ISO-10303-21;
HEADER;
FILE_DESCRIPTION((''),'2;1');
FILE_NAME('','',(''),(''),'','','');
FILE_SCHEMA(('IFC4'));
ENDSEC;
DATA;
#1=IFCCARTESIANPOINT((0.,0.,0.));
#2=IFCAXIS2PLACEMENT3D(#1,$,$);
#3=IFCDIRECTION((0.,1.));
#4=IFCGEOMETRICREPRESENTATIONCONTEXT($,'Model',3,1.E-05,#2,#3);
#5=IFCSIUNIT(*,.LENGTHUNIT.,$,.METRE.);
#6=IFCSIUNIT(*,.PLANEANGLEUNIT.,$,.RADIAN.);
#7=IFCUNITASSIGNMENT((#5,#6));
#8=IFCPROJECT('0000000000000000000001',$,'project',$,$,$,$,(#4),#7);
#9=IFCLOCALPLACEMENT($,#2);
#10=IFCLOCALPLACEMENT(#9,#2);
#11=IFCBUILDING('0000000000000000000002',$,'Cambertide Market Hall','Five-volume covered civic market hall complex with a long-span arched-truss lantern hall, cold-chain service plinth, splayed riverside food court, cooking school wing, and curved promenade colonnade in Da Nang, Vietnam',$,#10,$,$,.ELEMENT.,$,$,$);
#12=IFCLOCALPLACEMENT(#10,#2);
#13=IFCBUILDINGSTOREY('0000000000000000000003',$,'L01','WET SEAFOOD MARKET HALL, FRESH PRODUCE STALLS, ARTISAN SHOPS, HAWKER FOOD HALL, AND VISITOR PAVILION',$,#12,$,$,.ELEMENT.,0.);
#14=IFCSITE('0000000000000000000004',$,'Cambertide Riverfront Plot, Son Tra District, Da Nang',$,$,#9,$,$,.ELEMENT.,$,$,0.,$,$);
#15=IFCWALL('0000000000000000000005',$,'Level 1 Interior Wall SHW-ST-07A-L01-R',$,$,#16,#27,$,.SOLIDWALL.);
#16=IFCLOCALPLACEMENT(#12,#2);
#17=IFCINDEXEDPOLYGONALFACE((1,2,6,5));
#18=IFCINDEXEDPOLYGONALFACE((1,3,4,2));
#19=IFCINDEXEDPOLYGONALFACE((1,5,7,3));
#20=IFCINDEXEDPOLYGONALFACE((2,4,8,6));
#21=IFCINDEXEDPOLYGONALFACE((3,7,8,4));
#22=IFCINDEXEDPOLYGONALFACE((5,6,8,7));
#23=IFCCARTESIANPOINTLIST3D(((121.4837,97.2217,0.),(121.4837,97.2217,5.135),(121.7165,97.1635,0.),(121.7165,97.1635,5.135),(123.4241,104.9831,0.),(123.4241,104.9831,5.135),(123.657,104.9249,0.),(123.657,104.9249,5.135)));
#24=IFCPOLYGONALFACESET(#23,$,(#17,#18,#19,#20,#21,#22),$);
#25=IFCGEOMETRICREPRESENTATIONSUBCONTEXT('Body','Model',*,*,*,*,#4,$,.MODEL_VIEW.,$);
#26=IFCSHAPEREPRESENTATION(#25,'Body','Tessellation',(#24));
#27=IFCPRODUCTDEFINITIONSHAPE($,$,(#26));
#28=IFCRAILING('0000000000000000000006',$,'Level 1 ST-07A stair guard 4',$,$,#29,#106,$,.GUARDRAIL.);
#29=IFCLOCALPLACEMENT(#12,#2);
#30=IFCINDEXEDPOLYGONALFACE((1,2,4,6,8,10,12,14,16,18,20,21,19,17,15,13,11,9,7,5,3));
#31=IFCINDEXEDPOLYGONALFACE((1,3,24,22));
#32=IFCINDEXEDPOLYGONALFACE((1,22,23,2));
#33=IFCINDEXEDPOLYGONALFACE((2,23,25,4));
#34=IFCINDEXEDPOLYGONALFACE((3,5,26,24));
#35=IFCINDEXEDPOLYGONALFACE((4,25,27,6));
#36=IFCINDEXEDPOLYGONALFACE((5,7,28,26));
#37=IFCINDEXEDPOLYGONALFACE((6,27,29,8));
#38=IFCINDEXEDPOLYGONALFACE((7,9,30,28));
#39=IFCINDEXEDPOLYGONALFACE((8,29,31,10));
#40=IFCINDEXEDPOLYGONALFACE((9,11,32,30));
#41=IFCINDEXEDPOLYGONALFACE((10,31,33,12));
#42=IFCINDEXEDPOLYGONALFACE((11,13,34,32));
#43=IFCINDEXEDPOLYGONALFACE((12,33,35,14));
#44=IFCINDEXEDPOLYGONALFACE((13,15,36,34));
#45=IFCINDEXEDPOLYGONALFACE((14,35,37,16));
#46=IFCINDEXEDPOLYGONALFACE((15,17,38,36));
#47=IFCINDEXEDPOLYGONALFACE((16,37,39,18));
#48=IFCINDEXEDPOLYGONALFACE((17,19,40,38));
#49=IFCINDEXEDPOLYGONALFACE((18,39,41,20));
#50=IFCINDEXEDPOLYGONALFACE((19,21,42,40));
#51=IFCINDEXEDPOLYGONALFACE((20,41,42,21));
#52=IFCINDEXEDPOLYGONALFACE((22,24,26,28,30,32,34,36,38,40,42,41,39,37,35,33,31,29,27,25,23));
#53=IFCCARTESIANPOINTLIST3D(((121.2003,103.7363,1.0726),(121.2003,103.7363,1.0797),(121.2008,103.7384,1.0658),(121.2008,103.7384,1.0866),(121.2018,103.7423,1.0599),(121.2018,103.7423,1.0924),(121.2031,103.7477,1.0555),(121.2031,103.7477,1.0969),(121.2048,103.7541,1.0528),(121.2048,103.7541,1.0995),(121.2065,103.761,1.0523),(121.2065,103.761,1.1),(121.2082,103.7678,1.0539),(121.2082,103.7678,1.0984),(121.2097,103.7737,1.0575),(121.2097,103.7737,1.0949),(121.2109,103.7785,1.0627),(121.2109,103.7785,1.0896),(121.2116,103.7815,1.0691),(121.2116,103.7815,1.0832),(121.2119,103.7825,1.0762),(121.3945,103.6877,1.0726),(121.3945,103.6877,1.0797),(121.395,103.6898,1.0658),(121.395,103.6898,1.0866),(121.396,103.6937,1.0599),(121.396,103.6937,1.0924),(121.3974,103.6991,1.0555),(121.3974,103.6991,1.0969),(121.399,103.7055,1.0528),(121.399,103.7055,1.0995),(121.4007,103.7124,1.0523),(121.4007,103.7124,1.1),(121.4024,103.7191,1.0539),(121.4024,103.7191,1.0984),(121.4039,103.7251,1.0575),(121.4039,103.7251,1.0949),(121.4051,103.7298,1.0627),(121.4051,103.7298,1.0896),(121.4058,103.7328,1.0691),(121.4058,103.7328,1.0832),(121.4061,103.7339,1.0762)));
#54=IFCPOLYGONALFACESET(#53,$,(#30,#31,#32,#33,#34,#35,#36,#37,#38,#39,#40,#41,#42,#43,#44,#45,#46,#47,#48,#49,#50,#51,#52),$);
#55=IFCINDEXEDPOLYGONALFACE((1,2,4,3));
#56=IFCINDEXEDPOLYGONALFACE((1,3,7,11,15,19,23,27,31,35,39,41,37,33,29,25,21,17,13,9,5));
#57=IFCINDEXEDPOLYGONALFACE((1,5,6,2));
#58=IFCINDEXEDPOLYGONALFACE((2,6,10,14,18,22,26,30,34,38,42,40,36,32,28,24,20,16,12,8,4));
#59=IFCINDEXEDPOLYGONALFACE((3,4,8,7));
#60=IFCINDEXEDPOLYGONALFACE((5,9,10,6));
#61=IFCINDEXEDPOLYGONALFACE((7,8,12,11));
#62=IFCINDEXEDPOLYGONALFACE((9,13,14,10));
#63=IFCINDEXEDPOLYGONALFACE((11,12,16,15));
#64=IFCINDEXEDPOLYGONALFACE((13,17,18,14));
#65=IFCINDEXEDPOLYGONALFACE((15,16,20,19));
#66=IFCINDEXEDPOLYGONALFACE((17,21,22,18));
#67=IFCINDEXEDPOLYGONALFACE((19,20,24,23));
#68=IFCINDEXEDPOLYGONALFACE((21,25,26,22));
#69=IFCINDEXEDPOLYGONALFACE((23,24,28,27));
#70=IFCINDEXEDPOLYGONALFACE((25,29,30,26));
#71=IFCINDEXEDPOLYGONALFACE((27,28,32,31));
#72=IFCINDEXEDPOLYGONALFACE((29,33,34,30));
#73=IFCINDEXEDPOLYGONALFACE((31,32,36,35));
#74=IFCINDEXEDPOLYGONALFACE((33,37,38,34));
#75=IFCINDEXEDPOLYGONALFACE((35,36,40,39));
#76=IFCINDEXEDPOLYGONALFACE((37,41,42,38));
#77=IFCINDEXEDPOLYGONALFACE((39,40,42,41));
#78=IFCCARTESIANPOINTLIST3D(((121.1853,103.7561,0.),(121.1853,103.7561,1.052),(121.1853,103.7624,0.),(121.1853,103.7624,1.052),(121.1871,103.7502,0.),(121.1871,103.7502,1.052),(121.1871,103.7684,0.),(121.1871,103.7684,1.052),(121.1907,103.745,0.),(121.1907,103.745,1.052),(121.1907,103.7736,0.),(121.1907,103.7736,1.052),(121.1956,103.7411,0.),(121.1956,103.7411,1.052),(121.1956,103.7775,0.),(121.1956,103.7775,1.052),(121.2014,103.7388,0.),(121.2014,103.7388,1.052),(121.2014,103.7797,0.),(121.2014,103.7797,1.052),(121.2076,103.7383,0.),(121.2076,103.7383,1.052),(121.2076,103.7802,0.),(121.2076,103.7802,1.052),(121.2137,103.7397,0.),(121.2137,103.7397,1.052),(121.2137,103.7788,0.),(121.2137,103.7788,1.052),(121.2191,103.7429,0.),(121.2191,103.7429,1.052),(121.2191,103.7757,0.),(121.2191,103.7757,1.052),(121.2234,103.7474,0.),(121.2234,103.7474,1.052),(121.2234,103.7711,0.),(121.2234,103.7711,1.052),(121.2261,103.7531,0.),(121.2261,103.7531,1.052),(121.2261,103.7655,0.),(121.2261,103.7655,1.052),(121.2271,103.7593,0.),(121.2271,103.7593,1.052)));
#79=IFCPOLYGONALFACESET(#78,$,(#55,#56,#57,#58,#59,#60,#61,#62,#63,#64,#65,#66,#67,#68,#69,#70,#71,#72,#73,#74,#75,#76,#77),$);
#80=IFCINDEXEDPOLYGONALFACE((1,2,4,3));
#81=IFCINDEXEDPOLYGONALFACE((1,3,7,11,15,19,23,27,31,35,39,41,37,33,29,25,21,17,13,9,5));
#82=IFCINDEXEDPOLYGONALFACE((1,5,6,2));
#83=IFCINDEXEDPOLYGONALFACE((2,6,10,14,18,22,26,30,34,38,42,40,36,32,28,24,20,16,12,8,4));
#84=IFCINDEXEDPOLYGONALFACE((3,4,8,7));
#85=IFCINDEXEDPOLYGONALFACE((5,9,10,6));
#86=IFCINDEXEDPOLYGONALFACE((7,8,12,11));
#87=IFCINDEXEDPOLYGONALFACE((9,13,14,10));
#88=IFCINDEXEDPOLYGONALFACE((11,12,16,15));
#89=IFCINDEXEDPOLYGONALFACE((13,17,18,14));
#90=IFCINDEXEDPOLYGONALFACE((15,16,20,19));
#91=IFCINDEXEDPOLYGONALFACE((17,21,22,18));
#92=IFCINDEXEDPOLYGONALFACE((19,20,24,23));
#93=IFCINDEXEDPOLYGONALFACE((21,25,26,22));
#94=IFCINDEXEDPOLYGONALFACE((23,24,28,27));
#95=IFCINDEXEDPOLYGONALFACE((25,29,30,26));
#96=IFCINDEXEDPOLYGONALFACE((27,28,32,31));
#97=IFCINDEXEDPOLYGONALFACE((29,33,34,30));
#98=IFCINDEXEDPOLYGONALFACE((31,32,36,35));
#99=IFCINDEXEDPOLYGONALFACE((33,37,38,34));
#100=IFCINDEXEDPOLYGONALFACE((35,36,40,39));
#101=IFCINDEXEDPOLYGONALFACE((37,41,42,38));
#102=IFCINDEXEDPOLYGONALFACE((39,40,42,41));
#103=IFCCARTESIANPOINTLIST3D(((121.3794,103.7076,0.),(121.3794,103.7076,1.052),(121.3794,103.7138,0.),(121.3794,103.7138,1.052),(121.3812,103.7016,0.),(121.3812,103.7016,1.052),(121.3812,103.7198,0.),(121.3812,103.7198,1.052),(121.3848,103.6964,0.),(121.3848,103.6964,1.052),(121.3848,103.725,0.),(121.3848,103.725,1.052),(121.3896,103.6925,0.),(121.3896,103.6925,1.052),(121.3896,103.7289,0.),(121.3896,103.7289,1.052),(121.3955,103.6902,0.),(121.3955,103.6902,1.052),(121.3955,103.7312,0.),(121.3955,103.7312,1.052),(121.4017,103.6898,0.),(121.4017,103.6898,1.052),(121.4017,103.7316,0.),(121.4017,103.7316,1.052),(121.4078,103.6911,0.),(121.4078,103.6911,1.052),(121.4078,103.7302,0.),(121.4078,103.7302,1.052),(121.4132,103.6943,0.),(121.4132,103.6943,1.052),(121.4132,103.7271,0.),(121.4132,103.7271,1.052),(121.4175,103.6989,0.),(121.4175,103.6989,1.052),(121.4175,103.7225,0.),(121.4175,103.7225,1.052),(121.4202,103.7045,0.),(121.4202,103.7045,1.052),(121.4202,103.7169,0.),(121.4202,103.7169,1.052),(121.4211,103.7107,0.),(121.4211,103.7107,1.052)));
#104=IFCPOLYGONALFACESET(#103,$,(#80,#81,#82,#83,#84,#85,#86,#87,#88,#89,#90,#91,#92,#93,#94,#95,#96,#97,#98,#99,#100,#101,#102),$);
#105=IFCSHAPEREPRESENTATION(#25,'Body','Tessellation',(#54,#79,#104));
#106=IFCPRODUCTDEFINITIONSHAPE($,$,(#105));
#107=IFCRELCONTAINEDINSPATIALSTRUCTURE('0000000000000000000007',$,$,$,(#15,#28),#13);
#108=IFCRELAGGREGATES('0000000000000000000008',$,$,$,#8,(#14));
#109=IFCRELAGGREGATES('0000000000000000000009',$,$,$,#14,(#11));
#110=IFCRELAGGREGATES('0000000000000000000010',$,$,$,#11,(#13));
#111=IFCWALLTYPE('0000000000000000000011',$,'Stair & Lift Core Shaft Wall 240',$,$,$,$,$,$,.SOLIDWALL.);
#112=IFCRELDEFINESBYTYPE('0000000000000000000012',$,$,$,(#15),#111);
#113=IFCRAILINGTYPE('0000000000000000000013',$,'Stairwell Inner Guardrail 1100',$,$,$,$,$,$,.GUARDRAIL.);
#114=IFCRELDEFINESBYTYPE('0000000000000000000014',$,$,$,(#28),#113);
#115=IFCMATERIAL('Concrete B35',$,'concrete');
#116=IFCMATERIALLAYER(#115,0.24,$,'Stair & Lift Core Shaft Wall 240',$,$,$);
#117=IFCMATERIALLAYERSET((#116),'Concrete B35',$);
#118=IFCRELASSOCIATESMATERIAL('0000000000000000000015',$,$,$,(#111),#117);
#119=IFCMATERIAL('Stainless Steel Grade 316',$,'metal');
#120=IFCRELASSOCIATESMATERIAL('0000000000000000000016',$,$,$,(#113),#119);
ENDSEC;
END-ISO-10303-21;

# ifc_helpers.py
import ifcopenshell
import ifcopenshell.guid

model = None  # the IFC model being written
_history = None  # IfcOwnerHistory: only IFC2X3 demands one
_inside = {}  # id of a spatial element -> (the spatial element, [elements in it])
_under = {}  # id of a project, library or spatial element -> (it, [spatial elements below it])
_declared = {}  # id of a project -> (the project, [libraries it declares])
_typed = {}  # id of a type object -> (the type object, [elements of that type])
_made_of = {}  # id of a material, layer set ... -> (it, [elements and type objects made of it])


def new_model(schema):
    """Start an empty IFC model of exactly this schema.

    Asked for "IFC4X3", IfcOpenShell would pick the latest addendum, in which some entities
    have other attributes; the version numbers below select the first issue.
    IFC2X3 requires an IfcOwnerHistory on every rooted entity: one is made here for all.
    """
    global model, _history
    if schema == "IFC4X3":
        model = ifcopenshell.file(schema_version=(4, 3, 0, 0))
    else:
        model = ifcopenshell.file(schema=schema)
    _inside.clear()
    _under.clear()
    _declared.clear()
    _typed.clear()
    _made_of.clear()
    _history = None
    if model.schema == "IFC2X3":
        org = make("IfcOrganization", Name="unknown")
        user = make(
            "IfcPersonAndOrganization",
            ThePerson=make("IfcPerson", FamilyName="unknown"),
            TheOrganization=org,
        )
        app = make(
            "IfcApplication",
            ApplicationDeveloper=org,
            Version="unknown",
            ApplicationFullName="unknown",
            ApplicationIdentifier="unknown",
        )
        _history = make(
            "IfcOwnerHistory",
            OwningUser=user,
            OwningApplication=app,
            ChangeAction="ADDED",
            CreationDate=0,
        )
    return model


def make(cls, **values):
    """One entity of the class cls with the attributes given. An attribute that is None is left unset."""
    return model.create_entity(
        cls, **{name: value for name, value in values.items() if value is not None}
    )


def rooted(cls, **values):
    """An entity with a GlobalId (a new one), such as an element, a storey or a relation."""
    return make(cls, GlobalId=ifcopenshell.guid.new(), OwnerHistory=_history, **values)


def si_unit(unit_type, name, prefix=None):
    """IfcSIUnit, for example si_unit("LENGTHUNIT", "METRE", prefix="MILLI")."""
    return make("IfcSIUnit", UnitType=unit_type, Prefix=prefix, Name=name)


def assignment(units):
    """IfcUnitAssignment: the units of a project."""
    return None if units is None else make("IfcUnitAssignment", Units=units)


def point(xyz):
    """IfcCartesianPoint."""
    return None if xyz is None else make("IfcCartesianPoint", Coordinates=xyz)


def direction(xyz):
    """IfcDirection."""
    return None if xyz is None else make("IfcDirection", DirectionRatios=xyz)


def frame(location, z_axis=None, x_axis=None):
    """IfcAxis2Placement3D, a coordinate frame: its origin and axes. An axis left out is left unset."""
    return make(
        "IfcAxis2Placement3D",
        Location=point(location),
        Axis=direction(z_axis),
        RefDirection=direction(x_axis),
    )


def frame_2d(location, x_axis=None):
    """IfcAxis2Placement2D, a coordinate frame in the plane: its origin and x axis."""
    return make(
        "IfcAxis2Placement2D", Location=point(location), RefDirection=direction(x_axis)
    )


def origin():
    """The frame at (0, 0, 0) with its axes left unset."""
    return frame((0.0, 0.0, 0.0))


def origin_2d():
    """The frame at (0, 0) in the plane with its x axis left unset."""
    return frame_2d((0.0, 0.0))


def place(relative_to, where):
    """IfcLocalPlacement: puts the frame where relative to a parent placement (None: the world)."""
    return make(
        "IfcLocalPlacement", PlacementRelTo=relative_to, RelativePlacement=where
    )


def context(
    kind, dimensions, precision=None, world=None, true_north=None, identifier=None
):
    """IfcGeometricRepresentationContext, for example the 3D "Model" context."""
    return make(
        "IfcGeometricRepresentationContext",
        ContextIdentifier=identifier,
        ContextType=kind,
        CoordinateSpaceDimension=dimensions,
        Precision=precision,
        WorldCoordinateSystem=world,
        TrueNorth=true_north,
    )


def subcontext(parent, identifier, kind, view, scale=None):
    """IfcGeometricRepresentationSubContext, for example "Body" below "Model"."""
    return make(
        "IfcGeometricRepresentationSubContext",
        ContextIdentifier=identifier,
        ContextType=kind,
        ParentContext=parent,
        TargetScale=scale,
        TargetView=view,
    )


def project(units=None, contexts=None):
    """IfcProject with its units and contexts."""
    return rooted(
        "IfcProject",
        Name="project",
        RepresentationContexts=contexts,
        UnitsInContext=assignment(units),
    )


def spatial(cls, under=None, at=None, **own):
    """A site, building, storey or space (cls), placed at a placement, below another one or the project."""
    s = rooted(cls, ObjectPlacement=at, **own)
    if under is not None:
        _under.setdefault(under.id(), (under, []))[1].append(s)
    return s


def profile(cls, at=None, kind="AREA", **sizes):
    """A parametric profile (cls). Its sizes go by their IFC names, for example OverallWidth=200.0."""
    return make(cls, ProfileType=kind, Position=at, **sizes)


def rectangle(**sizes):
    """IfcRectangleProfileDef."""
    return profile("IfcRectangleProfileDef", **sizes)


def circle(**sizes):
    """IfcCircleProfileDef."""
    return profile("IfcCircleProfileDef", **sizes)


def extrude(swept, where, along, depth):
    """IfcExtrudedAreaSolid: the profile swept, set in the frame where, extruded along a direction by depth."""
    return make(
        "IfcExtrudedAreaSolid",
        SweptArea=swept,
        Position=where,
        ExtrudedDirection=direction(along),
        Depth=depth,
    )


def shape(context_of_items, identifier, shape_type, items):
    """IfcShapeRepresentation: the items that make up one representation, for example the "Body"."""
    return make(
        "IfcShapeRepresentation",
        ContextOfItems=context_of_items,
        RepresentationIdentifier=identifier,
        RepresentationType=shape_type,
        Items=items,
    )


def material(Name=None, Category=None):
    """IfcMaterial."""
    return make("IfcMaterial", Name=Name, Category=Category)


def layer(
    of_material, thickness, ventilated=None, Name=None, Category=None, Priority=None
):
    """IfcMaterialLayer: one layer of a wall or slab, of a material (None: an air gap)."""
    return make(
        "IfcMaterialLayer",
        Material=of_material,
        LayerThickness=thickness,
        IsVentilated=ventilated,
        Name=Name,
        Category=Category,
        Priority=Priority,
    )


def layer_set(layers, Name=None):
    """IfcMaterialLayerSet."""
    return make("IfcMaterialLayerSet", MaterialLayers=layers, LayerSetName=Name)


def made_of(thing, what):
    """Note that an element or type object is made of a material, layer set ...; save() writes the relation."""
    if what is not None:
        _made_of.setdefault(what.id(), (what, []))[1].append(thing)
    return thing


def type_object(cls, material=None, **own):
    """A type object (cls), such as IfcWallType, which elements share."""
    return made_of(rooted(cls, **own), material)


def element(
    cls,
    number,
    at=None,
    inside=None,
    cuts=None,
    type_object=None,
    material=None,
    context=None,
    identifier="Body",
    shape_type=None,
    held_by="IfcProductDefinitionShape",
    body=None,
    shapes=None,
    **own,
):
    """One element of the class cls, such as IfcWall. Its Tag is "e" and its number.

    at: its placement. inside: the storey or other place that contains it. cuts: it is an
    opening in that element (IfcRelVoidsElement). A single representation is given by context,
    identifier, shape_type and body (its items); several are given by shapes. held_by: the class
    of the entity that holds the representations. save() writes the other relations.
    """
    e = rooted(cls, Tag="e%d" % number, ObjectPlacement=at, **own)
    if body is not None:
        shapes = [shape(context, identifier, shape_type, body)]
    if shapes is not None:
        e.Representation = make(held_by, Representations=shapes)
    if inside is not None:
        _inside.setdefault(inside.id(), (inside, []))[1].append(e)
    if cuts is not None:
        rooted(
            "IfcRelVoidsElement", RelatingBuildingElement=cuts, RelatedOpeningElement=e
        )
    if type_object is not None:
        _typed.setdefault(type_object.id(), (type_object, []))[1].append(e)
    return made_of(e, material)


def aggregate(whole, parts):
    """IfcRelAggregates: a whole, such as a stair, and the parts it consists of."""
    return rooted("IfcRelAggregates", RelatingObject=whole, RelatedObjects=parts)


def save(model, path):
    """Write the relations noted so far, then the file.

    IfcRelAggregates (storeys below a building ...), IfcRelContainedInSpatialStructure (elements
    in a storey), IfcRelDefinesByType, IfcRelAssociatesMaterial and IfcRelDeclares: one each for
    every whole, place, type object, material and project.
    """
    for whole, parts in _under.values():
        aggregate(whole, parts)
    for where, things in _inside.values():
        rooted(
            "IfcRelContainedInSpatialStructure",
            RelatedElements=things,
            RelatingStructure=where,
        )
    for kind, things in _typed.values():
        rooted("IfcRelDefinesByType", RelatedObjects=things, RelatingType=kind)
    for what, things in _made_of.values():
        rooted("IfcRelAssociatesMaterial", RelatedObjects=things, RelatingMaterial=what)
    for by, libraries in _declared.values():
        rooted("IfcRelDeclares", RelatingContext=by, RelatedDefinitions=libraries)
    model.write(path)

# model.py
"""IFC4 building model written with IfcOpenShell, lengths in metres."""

from ifc_helpers import new_model, si_unit, direction, frame, frame_2d, origin, origin_2d, place, context, subcontext, project, spatial, rectangle, circle, extrude, material, layer, layer_set, type_object, element, save


model = new_model("IFC4")

# Units and contexts
model_context = context("Model", 3, precision=1e-05, world=origin(), true_north=direction((0.0, 1.0)))
body_context = subcontext(model_context, "Body", "Model", "MODEL_VIEW")
ifc_project = project(units=[si_unit("LENGTHUNIT", "METRE"), si_unit("PLANEANGLEUNIT", "RADIAN")], contexts=[model_context])

# Site, building, storey
site_placement = place(None, origin())
site = spatial("IfcSite", under=ifc_project, at=site_placement, Name="Cambertide Riverfront Plot, Son Tra District, Da Nang", CompositionType="ELEMENT", RefElevation=0.0)
building_placement = place(site_placement, origin())
building = spatial("IfcBuilding", under=site, at=building_placement, Name="Cambertide Market Hall", Description="Five-volume covered civic market hall complex with a long-span arched-truss lantern hall, cold-chain service plinth, splayed riverside food court, cooking school wing, and curved promenade colonnade in Da Nang, Vietnam", CompositionType="ELEMENT")
storey_placement = place(building_placement, origin())
storey = spatial("IfcBuildingStorey", under=building, at=storey_placement, Name="L01", Description="WET SEAFOOD MARKET HALL, FRESH PRODUCE STALLS, ARTISAN SHOPS, HAWKER FOOD HALL, AND VISITOR PAVILION", CompositionType="ELEMENT", Elevation=0.0)

# Shared definitions
ifc_material_1 = material(Name="Concrete B35", Category="concrete")
ifc_layer_1 = layer(ifc_material_1, 0.24, Name="Stair & Lift Core Shaft Wall 240")
ifc_layer_set_1 = layer_set([ifc_layer_1], Name="Concrete B35")
wall_type_1 = type_object("IfcWallType", Name="Stair & Lift Core Shaft Wall 240", PredefinedType="SOLIDWALL", material=ifc_layer_set_1)

# Wall
wall_1_placement = place(storey_placement, frame((123.5405, 104.9539, 0.0), z_axis=(0.0, 0.0, 1.0), x_axis=(-0.24255, -0.970139, 0.0)))
element("IfcWall", 1, at=wall_1_placement, inside=storey, type_object=wall_type_1, Name="Level 1 Interior Wall SHW-ST-07A-L01-R", PredefinedType="SOLIDWALL", context=body_context, shape_type="SweptSolid", body=[
    extrude(rectangle(XDim=8.0002, YDim=0.24, at=frame_2d((4.0, 0.0))), origin(), (0.0, 0.0, 1.0), 5.135),
])

# Railing
ifc_material_2 = material(Name="Stainless Steel Grade 316", Category="metal")
railing_type_1 = type_object("IfcRailingType", Name="Stairwell Inner Guardrail 1100", PredefinedType="GUARDRAIL", material=ifc_material_2)
railing_1_placement = place(storey_placement, frame((121.2061, 103.7593, 0.0)))
element("IfcRailing", 2, at=railing_1_placement, inside=storey, type_object=railing_type_1, Name="Level 1 ST-07A stair guard 4", PredefinedType="GUARDRAIL", context=body_context, shape_type="SweptSolid", body=[
    extrude(circle(Radius=0.0239, at=origin_2d()), frame((0.0, 0.0, 1.0762), z_axis=(0.970071, -0.242823, 0.0), x_axis=(0.242823, 0.970071, 0.0)), (0.0, 0.0, 1.0), 0.2002),
    extrude(circle(Radius=0.021, at=origin_2d()), origin(), (0.0, 0.0, 1.0), 1.052),
    extrude(circle(Radius=0.021, at=origin_2d()), frame((0.1941, -0.0486, 0.0)), (0.0, 0.0, 1.0), 1.052),
])

save(model, "model.ifc")
